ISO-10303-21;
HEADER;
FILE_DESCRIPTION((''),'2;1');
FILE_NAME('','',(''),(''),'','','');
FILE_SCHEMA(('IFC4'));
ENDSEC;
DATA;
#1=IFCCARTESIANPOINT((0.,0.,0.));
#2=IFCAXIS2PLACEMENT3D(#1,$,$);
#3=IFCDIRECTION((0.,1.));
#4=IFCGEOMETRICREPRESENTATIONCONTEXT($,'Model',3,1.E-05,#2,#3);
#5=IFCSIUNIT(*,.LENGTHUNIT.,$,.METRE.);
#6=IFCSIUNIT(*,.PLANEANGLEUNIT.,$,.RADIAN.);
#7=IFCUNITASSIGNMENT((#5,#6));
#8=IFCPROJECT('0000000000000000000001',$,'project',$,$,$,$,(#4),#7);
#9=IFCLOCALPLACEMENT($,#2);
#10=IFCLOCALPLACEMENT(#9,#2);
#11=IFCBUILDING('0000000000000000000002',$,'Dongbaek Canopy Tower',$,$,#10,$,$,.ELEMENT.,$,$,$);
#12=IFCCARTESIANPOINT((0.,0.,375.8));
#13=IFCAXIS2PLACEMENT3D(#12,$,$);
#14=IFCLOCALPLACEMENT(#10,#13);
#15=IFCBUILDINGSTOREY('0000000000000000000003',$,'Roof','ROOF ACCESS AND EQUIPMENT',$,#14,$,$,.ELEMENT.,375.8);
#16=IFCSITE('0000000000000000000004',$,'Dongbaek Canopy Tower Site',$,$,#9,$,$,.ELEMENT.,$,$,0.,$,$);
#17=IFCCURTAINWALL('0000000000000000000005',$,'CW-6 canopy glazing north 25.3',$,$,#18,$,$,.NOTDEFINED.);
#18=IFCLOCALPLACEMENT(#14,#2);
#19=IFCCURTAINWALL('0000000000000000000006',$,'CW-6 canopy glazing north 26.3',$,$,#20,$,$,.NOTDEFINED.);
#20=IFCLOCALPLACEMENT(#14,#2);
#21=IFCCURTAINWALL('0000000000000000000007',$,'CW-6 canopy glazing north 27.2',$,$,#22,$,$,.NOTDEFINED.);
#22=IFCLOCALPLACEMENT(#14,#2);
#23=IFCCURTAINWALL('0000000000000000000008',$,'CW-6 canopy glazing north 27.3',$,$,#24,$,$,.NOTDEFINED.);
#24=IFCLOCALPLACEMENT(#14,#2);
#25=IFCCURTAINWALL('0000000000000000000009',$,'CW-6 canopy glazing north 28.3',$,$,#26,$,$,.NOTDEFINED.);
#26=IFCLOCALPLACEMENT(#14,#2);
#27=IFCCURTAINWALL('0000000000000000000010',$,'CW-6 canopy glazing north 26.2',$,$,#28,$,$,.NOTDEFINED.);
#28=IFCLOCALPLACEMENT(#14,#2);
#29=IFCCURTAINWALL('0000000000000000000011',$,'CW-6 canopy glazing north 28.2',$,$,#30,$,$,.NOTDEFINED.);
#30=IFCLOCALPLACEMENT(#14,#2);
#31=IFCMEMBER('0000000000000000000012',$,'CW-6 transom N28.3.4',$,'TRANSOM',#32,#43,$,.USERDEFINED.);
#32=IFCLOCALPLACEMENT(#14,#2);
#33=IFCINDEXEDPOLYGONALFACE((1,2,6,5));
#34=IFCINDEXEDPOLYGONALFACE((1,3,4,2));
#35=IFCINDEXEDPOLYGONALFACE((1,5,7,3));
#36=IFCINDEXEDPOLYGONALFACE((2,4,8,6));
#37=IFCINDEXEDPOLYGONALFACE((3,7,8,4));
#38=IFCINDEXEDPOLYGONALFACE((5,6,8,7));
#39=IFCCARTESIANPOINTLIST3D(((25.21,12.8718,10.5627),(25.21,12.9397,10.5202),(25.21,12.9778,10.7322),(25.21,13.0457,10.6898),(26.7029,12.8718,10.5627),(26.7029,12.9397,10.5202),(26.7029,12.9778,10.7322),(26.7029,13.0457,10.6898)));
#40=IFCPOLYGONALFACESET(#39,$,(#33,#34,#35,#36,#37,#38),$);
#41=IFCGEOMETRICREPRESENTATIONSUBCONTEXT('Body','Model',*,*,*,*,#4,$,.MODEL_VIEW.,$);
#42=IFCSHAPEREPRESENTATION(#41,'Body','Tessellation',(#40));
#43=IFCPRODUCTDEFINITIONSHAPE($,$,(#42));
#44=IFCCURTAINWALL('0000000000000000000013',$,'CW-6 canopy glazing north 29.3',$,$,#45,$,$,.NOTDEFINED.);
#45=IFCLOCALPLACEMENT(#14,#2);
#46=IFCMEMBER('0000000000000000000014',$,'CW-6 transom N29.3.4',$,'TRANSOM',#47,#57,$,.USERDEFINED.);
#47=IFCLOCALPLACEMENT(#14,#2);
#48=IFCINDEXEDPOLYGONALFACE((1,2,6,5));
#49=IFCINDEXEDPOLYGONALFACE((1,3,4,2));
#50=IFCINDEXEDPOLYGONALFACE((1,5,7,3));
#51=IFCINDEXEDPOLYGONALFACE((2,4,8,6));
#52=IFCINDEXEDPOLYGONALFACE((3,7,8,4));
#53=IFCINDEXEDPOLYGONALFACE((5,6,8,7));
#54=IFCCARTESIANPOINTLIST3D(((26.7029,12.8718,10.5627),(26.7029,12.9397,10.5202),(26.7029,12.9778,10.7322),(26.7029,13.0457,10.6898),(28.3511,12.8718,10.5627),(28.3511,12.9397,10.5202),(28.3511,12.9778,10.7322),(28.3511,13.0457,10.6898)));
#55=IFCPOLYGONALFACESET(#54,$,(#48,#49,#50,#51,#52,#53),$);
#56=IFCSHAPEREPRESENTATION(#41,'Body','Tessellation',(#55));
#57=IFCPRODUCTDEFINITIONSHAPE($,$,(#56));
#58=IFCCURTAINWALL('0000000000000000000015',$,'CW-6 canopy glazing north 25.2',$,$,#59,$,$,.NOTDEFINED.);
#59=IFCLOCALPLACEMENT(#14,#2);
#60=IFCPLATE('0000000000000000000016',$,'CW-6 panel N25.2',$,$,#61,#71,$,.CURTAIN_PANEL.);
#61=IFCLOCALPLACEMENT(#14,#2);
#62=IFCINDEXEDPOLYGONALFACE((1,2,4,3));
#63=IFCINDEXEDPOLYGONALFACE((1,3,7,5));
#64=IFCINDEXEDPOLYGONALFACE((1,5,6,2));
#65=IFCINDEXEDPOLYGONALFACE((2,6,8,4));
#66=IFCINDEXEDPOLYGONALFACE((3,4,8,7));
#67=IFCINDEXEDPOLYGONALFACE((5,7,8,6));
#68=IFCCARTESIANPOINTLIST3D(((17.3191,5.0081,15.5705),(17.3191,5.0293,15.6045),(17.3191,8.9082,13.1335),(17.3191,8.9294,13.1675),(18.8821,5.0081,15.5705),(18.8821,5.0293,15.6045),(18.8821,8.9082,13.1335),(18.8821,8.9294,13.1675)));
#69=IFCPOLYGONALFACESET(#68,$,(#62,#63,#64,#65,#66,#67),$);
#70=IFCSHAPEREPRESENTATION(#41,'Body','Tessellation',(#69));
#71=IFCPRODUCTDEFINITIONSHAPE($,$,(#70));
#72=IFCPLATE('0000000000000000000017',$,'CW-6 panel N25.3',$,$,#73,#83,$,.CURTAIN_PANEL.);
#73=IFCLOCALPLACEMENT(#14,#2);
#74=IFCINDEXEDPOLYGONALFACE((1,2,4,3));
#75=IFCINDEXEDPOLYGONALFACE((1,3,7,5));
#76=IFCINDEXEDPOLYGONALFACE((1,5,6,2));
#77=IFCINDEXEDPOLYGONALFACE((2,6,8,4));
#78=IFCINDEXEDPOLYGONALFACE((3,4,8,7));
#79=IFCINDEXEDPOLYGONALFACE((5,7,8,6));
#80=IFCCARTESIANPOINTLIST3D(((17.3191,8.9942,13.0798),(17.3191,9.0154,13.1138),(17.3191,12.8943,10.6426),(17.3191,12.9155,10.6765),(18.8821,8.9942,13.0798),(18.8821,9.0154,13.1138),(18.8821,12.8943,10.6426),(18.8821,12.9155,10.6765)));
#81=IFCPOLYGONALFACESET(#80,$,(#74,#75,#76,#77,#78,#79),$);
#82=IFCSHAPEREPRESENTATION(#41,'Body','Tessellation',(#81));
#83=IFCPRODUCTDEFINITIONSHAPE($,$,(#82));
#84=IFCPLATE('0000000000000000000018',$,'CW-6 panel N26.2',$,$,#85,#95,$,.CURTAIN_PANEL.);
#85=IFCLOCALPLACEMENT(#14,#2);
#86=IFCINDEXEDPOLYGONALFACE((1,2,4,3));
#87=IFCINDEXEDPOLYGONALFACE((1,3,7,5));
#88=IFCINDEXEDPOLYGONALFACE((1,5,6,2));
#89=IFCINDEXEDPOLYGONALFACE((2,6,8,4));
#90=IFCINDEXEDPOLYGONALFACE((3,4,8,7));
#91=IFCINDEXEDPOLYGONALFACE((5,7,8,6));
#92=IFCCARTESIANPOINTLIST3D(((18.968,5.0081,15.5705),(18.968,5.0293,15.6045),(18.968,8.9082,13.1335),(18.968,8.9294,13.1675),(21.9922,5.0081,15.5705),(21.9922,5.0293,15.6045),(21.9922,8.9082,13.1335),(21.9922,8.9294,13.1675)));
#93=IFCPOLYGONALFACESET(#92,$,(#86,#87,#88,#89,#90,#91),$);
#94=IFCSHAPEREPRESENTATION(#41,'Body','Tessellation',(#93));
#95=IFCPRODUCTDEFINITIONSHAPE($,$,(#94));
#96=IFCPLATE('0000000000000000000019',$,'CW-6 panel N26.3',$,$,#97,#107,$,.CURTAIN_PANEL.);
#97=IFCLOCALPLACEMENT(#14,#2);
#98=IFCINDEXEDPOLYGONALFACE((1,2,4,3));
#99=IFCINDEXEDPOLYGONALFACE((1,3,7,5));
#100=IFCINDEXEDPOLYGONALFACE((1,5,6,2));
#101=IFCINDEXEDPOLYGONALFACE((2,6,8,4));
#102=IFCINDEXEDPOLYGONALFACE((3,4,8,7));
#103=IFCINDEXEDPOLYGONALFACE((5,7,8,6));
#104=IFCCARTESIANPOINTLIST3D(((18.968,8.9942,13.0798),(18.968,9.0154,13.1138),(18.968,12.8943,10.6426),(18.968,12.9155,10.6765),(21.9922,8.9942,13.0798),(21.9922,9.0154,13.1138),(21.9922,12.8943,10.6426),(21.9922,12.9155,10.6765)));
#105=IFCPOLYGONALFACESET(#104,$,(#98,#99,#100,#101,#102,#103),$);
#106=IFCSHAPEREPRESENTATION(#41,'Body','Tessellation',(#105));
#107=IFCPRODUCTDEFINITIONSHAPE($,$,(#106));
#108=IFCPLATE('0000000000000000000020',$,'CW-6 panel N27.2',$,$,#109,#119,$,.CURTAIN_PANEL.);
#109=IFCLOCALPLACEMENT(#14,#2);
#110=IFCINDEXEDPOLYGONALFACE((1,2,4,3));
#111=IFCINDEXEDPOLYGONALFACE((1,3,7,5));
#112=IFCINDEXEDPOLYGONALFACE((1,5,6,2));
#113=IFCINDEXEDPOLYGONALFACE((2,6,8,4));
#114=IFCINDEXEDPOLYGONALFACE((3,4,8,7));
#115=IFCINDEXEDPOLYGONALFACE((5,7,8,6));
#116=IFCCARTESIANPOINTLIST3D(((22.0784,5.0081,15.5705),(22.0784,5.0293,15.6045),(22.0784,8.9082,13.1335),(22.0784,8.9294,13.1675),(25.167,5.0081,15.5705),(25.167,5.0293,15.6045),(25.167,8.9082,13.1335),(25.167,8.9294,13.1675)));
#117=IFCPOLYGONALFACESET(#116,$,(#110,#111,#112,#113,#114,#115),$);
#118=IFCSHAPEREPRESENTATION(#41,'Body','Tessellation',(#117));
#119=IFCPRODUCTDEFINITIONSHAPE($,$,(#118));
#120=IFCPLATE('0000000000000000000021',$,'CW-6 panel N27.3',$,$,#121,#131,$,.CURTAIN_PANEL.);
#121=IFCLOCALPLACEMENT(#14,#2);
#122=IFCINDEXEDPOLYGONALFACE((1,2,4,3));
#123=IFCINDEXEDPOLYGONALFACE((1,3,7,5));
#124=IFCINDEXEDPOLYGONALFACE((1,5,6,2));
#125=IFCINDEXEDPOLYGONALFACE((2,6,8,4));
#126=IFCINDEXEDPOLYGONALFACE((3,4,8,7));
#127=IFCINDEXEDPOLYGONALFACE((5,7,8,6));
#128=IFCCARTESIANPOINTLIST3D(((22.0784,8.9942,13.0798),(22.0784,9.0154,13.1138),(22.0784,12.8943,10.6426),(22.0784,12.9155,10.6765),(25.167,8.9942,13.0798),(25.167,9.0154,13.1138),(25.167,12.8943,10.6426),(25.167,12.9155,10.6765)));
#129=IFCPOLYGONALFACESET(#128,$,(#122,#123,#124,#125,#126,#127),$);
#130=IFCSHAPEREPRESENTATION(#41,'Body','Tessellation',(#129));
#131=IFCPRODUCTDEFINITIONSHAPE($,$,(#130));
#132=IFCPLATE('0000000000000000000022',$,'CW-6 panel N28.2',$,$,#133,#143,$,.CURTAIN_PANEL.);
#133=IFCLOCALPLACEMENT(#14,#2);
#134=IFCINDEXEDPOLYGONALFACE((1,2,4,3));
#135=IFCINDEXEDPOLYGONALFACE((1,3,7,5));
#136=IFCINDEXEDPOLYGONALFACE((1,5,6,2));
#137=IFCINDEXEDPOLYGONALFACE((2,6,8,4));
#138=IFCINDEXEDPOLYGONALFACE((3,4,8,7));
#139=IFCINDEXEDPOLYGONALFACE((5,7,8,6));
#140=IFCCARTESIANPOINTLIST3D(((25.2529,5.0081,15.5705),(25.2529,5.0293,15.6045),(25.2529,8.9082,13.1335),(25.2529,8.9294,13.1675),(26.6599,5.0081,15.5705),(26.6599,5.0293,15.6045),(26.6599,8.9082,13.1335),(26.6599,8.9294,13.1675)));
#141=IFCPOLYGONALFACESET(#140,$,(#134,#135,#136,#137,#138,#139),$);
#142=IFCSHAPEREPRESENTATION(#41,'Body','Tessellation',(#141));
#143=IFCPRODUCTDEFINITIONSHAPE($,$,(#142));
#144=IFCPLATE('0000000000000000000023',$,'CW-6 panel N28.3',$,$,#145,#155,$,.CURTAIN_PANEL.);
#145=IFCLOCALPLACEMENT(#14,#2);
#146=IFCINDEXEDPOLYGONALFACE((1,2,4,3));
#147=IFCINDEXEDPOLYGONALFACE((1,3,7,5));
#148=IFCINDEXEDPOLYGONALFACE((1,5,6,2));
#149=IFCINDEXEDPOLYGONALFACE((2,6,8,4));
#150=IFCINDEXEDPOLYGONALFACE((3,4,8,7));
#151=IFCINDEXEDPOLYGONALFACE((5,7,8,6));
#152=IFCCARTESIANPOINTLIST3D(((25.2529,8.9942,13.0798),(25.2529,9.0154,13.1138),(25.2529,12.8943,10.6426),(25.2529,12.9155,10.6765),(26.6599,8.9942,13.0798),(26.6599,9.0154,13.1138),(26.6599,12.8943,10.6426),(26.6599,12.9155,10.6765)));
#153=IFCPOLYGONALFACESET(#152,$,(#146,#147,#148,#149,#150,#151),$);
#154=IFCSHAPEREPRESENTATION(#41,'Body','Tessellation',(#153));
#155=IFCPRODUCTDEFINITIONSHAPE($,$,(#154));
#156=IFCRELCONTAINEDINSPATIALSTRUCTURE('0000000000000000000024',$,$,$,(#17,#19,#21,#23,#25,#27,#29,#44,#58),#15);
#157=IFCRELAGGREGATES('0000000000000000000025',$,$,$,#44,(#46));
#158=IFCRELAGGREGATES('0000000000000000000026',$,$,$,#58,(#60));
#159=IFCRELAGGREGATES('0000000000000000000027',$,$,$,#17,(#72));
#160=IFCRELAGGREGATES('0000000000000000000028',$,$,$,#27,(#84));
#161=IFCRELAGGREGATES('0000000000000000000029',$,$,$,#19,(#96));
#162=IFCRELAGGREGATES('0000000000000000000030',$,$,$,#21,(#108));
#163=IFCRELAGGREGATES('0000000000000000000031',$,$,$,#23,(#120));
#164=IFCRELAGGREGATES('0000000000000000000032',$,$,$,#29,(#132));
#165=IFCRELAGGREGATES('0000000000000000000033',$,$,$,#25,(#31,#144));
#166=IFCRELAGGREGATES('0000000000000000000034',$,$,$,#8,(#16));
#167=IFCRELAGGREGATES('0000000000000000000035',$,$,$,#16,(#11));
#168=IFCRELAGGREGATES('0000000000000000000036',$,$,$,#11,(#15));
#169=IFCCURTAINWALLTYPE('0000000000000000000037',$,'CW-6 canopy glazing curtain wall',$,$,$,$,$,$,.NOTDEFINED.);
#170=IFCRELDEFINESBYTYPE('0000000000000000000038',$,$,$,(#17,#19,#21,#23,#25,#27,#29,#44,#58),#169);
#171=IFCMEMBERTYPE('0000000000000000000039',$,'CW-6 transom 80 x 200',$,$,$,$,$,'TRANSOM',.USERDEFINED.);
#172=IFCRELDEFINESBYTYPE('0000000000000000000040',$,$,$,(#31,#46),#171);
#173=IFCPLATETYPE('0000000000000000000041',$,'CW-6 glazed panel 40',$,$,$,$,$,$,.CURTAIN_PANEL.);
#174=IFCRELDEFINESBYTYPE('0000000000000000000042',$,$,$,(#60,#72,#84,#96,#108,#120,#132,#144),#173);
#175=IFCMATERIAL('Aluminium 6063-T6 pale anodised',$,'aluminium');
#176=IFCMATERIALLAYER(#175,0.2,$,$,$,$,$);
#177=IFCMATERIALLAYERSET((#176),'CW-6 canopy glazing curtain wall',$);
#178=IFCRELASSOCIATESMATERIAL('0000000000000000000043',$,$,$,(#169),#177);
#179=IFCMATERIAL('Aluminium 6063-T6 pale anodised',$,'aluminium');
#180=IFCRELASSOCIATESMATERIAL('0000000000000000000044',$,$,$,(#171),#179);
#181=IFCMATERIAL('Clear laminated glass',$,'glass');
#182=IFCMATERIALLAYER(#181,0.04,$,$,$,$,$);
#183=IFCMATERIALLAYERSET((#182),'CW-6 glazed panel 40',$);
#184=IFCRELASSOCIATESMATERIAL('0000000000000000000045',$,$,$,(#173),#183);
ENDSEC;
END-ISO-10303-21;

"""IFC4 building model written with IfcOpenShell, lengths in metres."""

from ifc_helpers import new_model, si_unit, direction, frame, origin, origin_2d, place, context, subcontext, project, spatial, polyline, rectangle, outline, extrude, material, layer, layer_set, material_profile, profile_set, type_object, element, aggregate, save


model = new_model("IFC4")

# Units and contexts
model_context = context("Model", 3, precision=1e-05, world=origin(), true_north=direction((0.0, 1.0)))
body_context = subcontext(model_context, "Body", "Model", "MODEL_VIEW")
ifc_project = project(units=[si_unit("LENGTHUNIT", "METRE"), si_unit("PLANEANGLEUNIT", "RADIAN")], contexts=[model_context])

# Site, building, storey
site_placement = place(None, origin())
site = spatial("IfcSite", under=ifc_project, at=site_placement, Name="Dongbaek Canopy Tower Site", CompositionType="ELEMENT", RefElevation=0.0)
building_placement = place(site_placement, origin())
building = spatial("IfcBuilding", under=site, at=building_placement, Name="Dongbaek Canopy Tower", CompositionType="ELEMENT")
storey_placement = place(building_placement, frame((0.0, 0.0, 375.8)))
storey = spatial("IfcBuildingStorey", under=building, at=storey_placement, Name="Roof", Description="ROOF ACCESS AND EQUIPMENT", CompositionType="ELEMENT", Elevation=375.8)

# Curtain walls
ifc_material_1 = material(Name="Aluminium 6063-T6 pale anodised", Category="aluminium")
ifc_layer_1 = layer(ifc_material_1, 0.2)
ifc_layer_set_1 = layer_set([ifc_layer_1], Name="CW-6 canopy glazing curtain wall")
curtain_wall_type = type_object("IfcCurtainWallType", Name="CW-6 canopy glazing curtain wall", PredefinedType="NOTDEFINED", material=ifc_layer_set_1)
curtain_wall_1_placement = place(storey_placement, origin())
curtain_wall_1 = element("IfcCurtainWall", 1, at=curtain_wall_1_placement, inside=storey, type_object=curtain_wall_type, Name="CW-6 canopy glazing north 25.3", PredefinedType="NOTDEFINED")
curtain_wall_2_placement = place(storey_placement, origin())
curtain_wall_2 = element("IfcCurtainWall", 2, at=curtain_wall_2_placement, inside=storey, type_object=curtain_wall_type, Name="CW-6 canopy glazing north 26.3", PredefinedType="NOTDEFINED")
curtain_wall_3_placement = place(storey_placement, origin())
curtain_wall_3 = element("IfcCurtainWall", 3, at=curtain_wall_3_placement, inside=storey, type_object=curtain_wall_type, Name="CW-6 canopy glazing north 27.2", PredefinedType="NOTDEFINED")
curtain_wall_4_placement = place(storey_placement, origin())
curtain_wall_4 = element("IfcCurtainWall", 4, at=curtain_wall_4_placement, inside=storey, type_object=curtain_wall_type, Name="CW-6 canopy glazing north 27.3", PredefinedType="NOTDEFINED")
curtain_wall_5_placement = place(storey_placement, origin())
curtain_wall_5 = element("IfcCurtainWall", 5, at=curtain_wall_5_placement, inside=storey, type_object=curtain_wall_type, Name="CW-6 canopy glazing north 28.3", PredefinedType="NOTDEFINED")
curtain_wall_6_placement = place(storey_placement, origin())
curtain_wall_6 = element("IfcCurtainWall", 6, at=curtain_wall_6_placement, inside=storey, type_object=curtain_wall_type, Name="CW-6 canopy glazing north 26.2", PredefinedType="NOTDEFINED")
ifc_material_2 = material(Name="Aluminium 6063-T6 pale anodised", Category="aluminium")
ifc_material_profile_1 = material_profile(ifc_material_2, rectangle(XDim=0.0801, YDim=0.2, at=origin_2d()), Name="CW-6 transom 80 x 200")
ifc_profile_set_1 = profile_set([ifc_material_profile_1], Name="Aluminium 6063-T6 pale anodised")
member_type_1 = type_object("IfcMemberType", Name="CW-6 transom 80 x 200", ElementType="TRANSOM", PredefinedType="USERDEFINED", material=ifc_profile_set_1)

# Curtain wall
curtain_wall_7_placement = place(storey_placement, origin())
curtain_wall_7 = element("IfcCurtainWall", 7, at=curtain_wall_7_placement, inside=storey, type_object=curtain_wall_type, Name="CW-6 canopy glazing north 28.2", PredefinedType="NOTDEFINED")

# Member
member_1_placement = place(storey_placement, frame((25.21, 12.9587, 10.6262), z_axis=(1.0, 0.0, 0.0), x_axis=(0.0, 0.848048, -0.529919)))
member_1 = element("IfcMember", 8, at=member_1_placement, type_object=member_type_1, Name="CW-6 transom N28.3.4", ObjectType="TRANSOM", PredefinedType="USERDEFINED", context=body_context, shape_type="SweptSolid", body=[
    extrude(rectangle(XDim=0.0801, YDim=0.2, at=origin_2d()), origin(), (0.0, 0.0, 1.0), 1.4929),
])

# Curtain wall, member
curtain_wall_8_placement = place(storey_placement, origin())
curtain_wall_8 = element("IfcCurtainWall", 9, at=curtain_wall_8_placement, inside=storey, type_object=curtain_wall_type, Name="CW-6 canopy glazing north 29.3", PredefinedType="NOTDEFINED")
member_2_placement = place(storey_placement, frame((26.7029, 12.9587, 10.6262), z_axis=(1.0, 0.0, 0.0), x_axis=(0.0, 0.848048, -0.529919)))
member_2 = element("IfcMember", 10, at=member_2_placement, type_object=member_type_1, Name="CW-6 transom N29.3.4", ObjectType="TRANSOM", PredefinedType="USERDEFINED", context=body_context, shape_type="SweptSolid", body=[
    extrude(rectangle(XDim=0.0801, YDim=0.2, at=origin_2d()), origin(), (0.0, 0.0, 1.0), 1.6482),
])
aggregate(curtain_wall_8, [member_2])

# Curtain wall, plate
curtain_wall_9_placement = place(storey_placement, origin())
curtain_wall_9 = element("IfcCurtainWall", 11, at=curtain_wall_9_placement, inside=storey, type_object=curtain_wall_type, Name="CW-6 canopy glazing north 25.2", PredefinedType="NOTDEFINED")
ifc_material_3 = material(Name="Clear laminated glass", Category="glass")
ifc_layer_2 = layer(ifc_material_3, 0.04)
ifc_layer_set_2 = layer_set([ifc_layer_2], Name="CW-6 glazed panel 40")
plate_type = type_object("IfcPlateType", Name="CW-6 glazed panel 40", PredefinedType="CURTAIN_PANEL", material=ifc_layer_set_2)
plate_1_placement = place(storey_placement, frame((18.8821, 5.0293, 15.6045), z_axis=(0.0, 0.529908, 0.848055), x_axis=(-1.0, 0.0, 0.0)))
plate_1 = element("IfcPlate", 12, at=plate_1_placement, type_object=plate_type, Name="CW-6 panel N25.2", PredefinedType="CURTAIN_PANEL", context=body_context, shape_type="SweptSolid", body=[
    extrude(outline(polyline([(0.0, 0.0), (1.563, 0.0), (1.563, -4.5989), (0.0, -4.5989), (0.0, 0.0)])), origin(), (0.0, 0.0, -1.0), 0.04),
])
aggregate(curtain_wall_9, [plate_1])

# Plates
plate_2_placement = place(storey_placement, frame((18.8821, 9.0154, 13.1138), z_axis=(0.0, 0.529946, 0.848031), x_axis=(-1.0, 0.0, 0.0)))
plate_2 = element("IfcPlate", 13, at=plate_2_placement, type_object=plate_type, Name="CW-6 panel N25.3", PredefinedType="CURTAIN_PANEL", context=body_context, shape_type="SweptSolid", body=[
    extrude(outline(polyline([(0.0, 0.0), (1.563, 0.0), (1.563, -4.5991), (0.0, -4.5991), (0.0, 0.0)])), origin(), (0.0, 0.0, -1.0), 0.04),
])
aggregate(curtain_wall_1, [plate_2])
plate_3_placement = place(storey_placement, frame((21.9922, 5.0293, 15.6045), z_axis=(0.0, 0.529908, 0.848055), x_axis=(-1.0, 0.0, 0.0)))
plate_3 = element("IfcPlate", 14, at=plate_3_placement, type_object=plate_type, Name="CW-6 panel N26.2", PredefinedType="CURTAIN_PANEL", context=body_context, shape_type="SweptSolid", body=[
    extrude(outline(polyline([(0.0, 0.0), (3.0242, 0.0), (3.0242, -4.5989), (0.0, -4.5989), (0.0, 0.0)])), origin(), (0.0, 0.0, -1.0), 0.04),
])
aggregate(curtain_wall_6, [plate_3])
plate_4_placement = place(storey_placement, frame((21.9922, 9.0154, 13.1138), z_axis=(0.0, 0.529946, 0.848031), x_axis=(-1.0, 0.0, 0.0)))
plate_4 = element("IfcPlate", 15, at=plate_4_placement, type_object=plate_type, Name="CW-6 panel N26.3", PredefinedType="CURTAIN_PANEL", context=body_context, shape_type="SweptSolid", body=[
    extrude(outline(polyline([(0.0, 0.0), (3.0242, 0.0), (3.0242, -4.5991), (0.0, -4.5991), (0.0, 0.0)])), origin(), (0.0, 0.0, -1.0), 0.04),
])
aggregate(curtain_wall_2, [plate_4])
plate_5_placement = place(storey_placement, frame((25.167, 5.0293, 15.6045), z_axis=(0.0, 0.529908, 0.848055), x_axis=(-1.0, 0.0, 0.0)))
plate_5 = element("IfcPlate", 16, at=plate_5_placement, type_object=plate_type, Name="CW-6 panel N27.2", PredefinedType="CURTAIN_PANEL", context=body_context, shape_type="SweptSolid", body=[
    extrude(outline(polyline([(0.0, 0.0), (3.0886, 0.0), (3.0886, -4.5989), (0.0, -4.5989), (0.0, 0.0)])), origin(), (0.0, 0.0, -1.0), 0.04),
])
aggregate(curtain_wall_3, [plate_5])
plate_6_placement = place(storey_placement, frame((25.167, 9.0154, 13.1138), z_axis=(0.0, 0.529946, 0.848031), x_axis=(-1.0, 0.0, 0.0)))
plate_6 = element("IfcPlate", 17, at=plate_6_placement, type_object=plate_type, Name="CW-6 panel N27.3", PredefinedType="CURTAIN_PANEL", context=body_context, shape_type="SweptSolid", body=[
    extrude(outline(polyline([(0.0, 0.0), (3.0886, 0.0), (3.0886, -4.5991), (0.0, -4.5991), (0.0, 0.0)])), origin(), (0.0, 0.0, -1.0), 0.04),
])
aggregate(curtain_wall_4, [plate_6])
plate_7_placement = place(storey_placement, frame((26.6599, 5.0293, 15.6045), z_axis=(0.0, 0.529908, 0.848055), x_axis=(-1.0, 0.0, 0.0)))
plate_7 = element("IfcPlate", 18, at=plate_7_placement, type_object=plate_type, Name="CW-6 panel N28.2", PredefinedType="CURTAIN_PANEL", context=body_context, shape_type="SweptSolid", body=[
    extrude(outline(polyline([(0.0, 0.0), (1.407, 0.0), (1.407, -4.5989), (0.0, -4.5989), (0.0, 0.0)])), origin(), (0.0, 0.0, -1.0), 0.04),
])
aggregate(curtain_wall_7, [plate_7])
plate_8_placement = place(storey_placement, frame((26.6599, 9.0154, 13.1138), z_axis=(0.0, 0.529946, 0.848031), x_axis=(-1.0, 0.0, 0.0)))
plate_8 = element("IfcPlate", 19, at=plate_8_placement, type_object=plate_type, Name="CW-6 panel N28.3", PredefinedType="CURTAIN_PANEL", context=body_context, shape_type="SweptSolid", body=[
    extrude(outline(polyline([(0.0, 0.0), (1.407, 0.0), (1.407, -4.5991), (0.0, -4.5991), (0.0, 0.0)])), origin(), (0.0, 0.0, -1.0), 0.04),
])
aggregate(curtain_wall_5, [member_1, plate_8])

save(model, "model.ifc")
